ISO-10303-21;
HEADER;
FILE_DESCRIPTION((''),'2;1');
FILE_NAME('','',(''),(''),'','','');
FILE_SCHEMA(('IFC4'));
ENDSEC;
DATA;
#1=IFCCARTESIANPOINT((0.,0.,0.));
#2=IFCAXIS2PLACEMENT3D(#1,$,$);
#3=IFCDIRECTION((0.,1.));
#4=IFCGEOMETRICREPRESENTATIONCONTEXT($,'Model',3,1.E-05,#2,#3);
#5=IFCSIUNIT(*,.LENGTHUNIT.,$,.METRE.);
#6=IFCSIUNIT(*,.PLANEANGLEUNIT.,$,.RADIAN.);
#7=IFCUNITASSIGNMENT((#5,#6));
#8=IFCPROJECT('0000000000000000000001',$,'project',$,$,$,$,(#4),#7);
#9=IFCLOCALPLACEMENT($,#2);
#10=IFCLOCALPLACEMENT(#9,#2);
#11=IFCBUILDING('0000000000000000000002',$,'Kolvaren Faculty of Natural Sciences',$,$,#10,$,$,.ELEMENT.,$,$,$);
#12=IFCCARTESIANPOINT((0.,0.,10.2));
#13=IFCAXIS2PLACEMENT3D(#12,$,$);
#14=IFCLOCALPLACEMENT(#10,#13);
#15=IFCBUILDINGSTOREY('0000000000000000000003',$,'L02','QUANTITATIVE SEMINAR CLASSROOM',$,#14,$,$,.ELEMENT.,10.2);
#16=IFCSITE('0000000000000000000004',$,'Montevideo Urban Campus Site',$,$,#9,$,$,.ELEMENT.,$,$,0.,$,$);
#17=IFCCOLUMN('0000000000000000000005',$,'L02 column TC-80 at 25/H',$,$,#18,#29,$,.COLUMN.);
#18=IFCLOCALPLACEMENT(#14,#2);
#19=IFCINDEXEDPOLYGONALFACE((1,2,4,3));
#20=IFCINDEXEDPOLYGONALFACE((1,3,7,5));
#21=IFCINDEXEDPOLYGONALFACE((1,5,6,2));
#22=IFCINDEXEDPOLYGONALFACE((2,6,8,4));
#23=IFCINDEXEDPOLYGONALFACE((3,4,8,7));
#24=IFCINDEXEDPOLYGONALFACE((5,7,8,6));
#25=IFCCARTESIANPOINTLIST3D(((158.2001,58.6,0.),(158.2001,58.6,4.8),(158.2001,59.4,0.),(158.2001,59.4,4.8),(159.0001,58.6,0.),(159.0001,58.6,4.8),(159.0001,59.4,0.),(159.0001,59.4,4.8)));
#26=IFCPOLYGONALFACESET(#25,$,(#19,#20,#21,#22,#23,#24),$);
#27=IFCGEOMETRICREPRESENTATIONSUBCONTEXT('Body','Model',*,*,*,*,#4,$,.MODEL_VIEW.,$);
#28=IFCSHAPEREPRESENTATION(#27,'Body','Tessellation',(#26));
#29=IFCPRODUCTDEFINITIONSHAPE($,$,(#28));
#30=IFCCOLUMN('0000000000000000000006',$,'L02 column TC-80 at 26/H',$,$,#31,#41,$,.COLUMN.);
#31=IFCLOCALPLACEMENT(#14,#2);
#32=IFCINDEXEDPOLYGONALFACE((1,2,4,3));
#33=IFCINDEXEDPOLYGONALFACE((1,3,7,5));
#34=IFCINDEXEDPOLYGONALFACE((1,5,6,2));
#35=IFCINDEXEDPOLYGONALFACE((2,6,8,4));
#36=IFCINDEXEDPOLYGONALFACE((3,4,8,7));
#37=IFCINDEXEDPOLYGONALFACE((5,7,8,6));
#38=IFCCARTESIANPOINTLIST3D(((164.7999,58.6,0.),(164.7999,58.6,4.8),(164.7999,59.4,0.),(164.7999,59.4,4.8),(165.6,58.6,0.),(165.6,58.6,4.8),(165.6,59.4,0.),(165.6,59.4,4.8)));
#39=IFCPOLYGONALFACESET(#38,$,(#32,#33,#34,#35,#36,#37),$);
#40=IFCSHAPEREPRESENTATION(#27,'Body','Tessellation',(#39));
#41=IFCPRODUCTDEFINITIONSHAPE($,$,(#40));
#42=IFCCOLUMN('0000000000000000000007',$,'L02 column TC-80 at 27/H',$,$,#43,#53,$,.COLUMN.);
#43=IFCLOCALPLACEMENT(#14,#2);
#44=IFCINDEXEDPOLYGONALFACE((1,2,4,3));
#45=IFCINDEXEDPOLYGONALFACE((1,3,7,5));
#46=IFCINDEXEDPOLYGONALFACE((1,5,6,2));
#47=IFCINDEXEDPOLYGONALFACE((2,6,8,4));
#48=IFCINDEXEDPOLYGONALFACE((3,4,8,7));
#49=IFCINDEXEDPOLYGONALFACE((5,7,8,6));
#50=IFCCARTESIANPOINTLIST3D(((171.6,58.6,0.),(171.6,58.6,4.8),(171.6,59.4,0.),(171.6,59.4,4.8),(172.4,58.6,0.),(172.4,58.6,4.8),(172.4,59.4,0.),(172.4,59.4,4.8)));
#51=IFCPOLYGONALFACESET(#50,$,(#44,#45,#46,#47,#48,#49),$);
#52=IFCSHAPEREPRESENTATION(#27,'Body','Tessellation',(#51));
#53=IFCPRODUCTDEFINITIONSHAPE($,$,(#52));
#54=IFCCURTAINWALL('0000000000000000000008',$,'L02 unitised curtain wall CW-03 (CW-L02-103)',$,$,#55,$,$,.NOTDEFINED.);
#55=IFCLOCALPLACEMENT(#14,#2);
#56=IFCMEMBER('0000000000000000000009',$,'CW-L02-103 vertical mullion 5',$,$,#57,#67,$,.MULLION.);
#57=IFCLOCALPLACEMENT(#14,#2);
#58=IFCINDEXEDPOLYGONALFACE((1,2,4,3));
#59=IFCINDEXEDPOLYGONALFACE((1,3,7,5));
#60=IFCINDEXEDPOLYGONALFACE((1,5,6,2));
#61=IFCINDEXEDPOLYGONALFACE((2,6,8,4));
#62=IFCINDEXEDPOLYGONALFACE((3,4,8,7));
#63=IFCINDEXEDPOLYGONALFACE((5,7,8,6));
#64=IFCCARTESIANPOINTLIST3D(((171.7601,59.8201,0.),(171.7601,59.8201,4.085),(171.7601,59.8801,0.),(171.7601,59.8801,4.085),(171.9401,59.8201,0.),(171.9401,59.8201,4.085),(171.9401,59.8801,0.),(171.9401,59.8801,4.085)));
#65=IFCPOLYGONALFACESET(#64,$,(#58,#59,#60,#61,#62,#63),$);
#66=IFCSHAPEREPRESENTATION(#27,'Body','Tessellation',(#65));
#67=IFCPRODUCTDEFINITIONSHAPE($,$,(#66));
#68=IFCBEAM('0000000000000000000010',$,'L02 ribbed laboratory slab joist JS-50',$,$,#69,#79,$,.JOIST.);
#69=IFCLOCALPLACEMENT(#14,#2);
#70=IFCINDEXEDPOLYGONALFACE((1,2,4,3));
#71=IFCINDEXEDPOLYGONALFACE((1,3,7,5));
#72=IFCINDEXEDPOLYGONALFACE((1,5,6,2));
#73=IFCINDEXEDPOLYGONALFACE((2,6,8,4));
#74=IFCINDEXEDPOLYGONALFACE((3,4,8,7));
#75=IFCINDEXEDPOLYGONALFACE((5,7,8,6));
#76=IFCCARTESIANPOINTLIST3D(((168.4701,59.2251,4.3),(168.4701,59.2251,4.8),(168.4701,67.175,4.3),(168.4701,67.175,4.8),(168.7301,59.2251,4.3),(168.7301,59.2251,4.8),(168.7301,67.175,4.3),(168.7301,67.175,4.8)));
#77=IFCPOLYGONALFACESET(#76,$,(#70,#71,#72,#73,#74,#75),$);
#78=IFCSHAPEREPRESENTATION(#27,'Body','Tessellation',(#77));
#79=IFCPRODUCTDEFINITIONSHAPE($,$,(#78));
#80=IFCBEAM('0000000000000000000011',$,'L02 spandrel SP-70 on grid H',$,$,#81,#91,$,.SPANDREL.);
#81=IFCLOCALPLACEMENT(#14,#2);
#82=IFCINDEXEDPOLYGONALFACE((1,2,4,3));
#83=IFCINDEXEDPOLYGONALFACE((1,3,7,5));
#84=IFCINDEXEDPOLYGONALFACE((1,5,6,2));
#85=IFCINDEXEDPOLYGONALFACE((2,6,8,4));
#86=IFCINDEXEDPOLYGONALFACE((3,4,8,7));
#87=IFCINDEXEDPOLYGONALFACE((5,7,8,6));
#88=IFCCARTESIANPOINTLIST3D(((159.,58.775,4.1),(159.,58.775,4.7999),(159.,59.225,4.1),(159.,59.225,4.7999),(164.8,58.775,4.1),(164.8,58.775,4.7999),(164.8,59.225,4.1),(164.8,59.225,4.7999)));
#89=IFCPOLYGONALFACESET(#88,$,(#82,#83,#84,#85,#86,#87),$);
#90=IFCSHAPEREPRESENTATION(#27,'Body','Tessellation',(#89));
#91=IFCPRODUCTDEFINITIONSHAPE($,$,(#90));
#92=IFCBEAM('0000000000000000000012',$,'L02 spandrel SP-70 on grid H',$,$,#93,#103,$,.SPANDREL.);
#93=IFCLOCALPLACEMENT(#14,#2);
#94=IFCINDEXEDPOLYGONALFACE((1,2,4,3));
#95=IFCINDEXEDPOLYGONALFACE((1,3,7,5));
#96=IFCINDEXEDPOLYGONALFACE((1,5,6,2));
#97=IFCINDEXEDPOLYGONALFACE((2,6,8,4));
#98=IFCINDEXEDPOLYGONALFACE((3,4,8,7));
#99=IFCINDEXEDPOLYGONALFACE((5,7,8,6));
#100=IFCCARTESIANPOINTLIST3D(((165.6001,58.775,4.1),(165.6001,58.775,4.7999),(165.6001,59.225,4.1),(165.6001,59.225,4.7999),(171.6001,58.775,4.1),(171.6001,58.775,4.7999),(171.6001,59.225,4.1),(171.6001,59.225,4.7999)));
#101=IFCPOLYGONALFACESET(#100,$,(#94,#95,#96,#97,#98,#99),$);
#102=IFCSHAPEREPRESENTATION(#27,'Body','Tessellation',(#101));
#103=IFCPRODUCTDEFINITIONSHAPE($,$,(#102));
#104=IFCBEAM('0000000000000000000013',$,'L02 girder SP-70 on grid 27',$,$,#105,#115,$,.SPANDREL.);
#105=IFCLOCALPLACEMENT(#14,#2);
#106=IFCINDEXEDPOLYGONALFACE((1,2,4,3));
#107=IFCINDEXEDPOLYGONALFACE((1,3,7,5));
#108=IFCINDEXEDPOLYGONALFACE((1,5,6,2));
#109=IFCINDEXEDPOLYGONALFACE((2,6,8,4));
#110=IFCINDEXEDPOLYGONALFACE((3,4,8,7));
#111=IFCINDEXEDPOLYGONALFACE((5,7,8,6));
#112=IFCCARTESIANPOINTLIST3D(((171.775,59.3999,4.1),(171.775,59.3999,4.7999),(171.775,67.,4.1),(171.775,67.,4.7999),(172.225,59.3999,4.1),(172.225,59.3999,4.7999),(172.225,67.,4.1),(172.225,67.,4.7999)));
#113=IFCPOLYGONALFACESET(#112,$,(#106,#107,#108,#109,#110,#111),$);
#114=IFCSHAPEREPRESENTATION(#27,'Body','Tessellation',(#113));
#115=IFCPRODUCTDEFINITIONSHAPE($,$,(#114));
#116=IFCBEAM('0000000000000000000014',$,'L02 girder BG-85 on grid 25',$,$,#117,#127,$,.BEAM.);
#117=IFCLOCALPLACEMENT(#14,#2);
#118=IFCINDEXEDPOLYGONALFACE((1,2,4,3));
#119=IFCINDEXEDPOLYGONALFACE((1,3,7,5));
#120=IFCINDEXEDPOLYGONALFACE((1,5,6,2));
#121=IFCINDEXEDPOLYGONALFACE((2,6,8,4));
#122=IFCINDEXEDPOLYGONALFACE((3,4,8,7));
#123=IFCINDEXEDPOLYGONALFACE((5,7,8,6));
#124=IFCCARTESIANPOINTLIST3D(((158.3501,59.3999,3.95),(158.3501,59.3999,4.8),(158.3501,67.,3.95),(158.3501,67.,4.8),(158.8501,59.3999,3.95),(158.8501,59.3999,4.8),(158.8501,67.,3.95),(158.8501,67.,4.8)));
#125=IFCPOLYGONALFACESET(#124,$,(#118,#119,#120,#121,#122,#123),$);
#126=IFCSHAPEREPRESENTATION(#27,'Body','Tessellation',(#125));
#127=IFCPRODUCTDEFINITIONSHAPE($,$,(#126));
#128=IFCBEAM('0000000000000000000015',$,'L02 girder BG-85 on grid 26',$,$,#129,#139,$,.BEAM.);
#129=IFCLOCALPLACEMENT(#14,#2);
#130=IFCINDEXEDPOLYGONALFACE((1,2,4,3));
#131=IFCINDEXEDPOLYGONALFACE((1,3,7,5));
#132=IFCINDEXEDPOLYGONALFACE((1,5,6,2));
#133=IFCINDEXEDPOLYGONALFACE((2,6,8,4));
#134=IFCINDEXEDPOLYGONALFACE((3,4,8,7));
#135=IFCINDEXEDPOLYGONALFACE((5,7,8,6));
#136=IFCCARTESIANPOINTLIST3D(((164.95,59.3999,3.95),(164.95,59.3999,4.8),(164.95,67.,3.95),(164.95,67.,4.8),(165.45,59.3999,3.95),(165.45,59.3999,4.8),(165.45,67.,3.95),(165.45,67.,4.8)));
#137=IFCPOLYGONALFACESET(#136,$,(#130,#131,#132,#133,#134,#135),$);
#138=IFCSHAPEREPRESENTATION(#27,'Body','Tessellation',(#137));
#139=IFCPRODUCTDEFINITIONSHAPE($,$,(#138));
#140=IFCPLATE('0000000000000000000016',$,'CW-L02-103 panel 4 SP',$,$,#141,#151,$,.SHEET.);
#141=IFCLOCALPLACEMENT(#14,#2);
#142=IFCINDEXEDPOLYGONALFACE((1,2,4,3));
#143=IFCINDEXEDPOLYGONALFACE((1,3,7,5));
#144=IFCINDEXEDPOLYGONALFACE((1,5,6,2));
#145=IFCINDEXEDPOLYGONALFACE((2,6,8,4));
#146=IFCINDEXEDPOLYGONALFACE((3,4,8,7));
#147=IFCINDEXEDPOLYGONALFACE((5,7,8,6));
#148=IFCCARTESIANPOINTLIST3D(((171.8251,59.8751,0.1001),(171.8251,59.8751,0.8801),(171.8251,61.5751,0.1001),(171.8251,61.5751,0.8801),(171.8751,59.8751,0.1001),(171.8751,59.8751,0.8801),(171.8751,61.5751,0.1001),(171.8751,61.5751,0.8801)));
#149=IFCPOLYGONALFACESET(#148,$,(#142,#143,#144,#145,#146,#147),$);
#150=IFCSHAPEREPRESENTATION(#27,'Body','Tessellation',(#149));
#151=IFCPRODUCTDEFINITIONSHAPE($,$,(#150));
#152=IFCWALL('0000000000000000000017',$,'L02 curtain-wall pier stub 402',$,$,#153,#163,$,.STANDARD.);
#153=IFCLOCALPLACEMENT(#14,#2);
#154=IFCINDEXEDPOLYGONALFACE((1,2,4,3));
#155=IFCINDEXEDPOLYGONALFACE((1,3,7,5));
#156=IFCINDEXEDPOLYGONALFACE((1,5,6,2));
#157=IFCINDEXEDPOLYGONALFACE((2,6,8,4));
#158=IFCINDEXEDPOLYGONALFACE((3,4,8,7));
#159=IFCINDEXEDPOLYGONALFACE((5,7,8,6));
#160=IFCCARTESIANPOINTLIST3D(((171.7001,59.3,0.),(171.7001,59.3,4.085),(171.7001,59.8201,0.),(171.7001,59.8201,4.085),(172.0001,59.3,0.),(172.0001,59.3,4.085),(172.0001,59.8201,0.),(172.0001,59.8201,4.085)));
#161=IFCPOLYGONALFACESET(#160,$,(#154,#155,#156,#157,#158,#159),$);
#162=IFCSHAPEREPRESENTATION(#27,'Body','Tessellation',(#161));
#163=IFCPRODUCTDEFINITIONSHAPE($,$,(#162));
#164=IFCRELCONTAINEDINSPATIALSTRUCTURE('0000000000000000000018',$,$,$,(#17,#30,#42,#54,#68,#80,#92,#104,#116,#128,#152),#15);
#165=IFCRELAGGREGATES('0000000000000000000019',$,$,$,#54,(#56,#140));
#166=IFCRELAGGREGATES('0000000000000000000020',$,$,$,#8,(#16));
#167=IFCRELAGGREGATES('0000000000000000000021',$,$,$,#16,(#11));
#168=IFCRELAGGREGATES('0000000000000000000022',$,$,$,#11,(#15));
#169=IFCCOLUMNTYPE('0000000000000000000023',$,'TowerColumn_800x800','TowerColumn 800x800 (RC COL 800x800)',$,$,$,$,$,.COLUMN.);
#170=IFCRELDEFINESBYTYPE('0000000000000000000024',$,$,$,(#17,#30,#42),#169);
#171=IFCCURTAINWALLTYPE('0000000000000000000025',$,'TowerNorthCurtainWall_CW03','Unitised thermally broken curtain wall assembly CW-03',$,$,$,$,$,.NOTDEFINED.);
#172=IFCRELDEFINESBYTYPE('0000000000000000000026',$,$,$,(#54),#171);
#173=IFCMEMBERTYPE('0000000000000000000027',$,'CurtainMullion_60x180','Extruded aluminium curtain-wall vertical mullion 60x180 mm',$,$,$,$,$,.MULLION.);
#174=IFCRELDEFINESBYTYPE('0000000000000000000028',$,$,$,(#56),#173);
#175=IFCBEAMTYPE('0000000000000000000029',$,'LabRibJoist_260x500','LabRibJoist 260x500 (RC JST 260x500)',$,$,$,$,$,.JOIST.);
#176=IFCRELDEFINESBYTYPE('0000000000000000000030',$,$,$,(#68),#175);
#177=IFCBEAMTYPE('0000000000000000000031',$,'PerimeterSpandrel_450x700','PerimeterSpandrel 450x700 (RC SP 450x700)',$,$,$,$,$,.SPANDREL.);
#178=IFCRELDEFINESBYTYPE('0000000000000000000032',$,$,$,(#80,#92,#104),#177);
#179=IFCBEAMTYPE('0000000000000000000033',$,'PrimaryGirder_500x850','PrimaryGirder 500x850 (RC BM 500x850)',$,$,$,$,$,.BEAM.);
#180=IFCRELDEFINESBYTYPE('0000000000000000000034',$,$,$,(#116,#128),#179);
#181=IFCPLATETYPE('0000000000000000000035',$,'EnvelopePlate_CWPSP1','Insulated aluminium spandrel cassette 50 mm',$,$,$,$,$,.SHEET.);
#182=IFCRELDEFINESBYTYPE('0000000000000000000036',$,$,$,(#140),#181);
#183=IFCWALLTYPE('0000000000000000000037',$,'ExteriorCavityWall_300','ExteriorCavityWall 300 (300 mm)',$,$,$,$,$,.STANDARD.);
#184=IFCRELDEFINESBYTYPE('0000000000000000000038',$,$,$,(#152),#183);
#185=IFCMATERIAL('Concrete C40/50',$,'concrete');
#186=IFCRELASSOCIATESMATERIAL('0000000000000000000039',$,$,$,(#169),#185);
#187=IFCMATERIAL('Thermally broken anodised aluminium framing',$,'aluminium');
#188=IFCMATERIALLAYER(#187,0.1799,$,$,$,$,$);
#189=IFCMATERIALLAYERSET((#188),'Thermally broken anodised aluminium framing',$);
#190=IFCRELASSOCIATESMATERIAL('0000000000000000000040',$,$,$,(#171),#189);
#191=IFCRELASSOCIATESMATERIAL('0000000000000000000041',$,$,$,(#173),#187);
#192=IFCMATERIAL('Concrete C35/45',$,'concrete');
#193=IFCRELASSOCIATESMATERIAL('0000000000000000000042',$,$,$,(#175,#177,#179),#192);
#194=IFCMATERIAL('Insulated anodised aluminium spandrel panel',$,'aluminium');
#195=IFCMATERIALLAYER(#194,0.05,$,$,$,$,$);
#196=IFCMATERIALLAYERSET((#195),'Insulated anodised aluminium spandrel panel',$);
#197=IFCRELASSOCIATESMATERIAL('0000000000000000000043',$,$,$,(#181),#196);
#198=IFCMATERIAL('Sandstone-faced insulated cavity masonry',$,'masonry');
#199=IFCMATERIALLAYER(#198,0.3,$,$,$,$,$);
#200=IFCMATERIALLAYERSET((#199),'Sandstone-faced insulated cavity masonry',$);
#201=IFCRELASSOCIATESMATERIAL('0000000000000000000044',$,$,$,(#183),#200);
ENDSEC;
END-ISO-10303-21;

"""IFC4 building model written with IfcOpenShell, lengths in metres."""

from ifc_helpers import new_model, si_unit, direction, frame, frame_2d, origin, origin_2d, place, context, subcontext, project, spatial, rectangle, extrude, material, layer, layer_set, material_profile, profile_set, type_object, element, aggregate, save


model = new_model("IFC4")

# Units and contexts
model_context = context("Model", 3, precision=1e-05, world=origin(), true_north=direction((0.0, 1.0)))
body_context = subcontext(model_context, "Body", "Model", "MODEL_VIEW")
ifc_project = project(units=[si_unit("LENGTHUNIT", "METRE"), si_unit("PLANEANGLEUNIT", "RADIAN")], contexts=[model_context])

# Site, building, storey
site_placement = place(None, origin())
site = spatial("IfcSite", under=ifc_project, at=site_placement, Name="Montevideo Urban Campus Site", CompositionType="ELEMENT", RefElevation=0.0)
building_placement = place(site_placement, origin())
building = spatial("IfcBuilding", under=site, at=building_placement, Name="Kolvaren Faculty of Natural Sciences", CompositionType="ELEMENT")
storey_placement = place(building_placement, frame((0.0, 0.0, 10.2)))
storey = spatial("IfcBuildingStorey", under=building, at=storey_placement, Name="L02", Description="QUANTITATIVE SEMINAR CLASSROOM", CompositionType="ELEMENT", Elevation=10.2)

# Columns
ifc_material_1 = material(Name="Concrete C40/50", Category="concrete")
ifc_material_profile_1 = material_profile(ifc_material_1, rectangle(XDim=0.8, YDim=0.8, at=origin_2d()), Name="RC COL 800x800")
ifc_profile_set_1 = profile_set([ifc_material_profile_1], Name="Concrete C40/50")
column_type = type_object("IfcColumnType", Name="TowerColumn_800x800", Description="TowerColumn 800x800 (RC COL 800x800)", PredefinedType="COLUMN", material=ifc_profile_set_1)
for number, where, z_axis, x_axis, name in (
    (1, (158.6001, 59.0, 0.0), (0.0, 0.0, 1.0), (1.0, 0.0, 0.0), "L02 column TC-80 at 25/H"),
    (2, (165.2, 59.0, 0.0), (0.0, 0.0, 1.0), (1.0, 0.0, 0.0), "L02 column TC-80 at 26/H"),
    (3, (172.0, 59.0, 0.0), (0.0, 0.0, 1.0), (1.0, 0.0, 0.0), "L02 column TC-80 at 27/H"),
):
    element("IfcColumn", number, at=place(storey_placement, frame(where, z_axis=z_axis, x_axis=x_axis)), inside=storey, type_object=column_type, Name=name, PredefinedType="COLUMN", context=body_context, shape_type="SweptSolid", body=[
        extrude(rectangle(XDim=0.8, YDim=0.8, at=origin_2d()), origin(), (0.0, 0.0, 1.0), 4.8),
    ])

# Curtain wall, member
ifc_material_2 = material(Name="Thermally broken anodised aluminium framing", Category="aluminium")
ifc_layer_1 = layer(ifc_material_2, 0.1799)
ifc_layer_set_1 = layer_set([ifc_layer_1], Name="Thermally broken anodised aluminium framing")
curtain_wall_type = type_object("IfcCurtainWallType", Name="TowerNorthCurtainWall_CW03", Description="Unitised thermally broken curtain wall assembly CW-03", PredefinedType="NOTDEFINED", material=ifc_layer_set_1)
curtain_wall_placement = place(storey_placement, origin())
curtain_wall = element("IfcCurtainWall", 4, at=curtain_wall_placement, inside=storey, type_object=curtain_wall_type, Name="L02 unitised curtain wall CW-03 (CW-L02-103)", PredefinedType="NOTDEFINED")
ifc_material_profile_2 = material_profile(ifc_material_2, rectangle(XDim=0.0601, YDim=0.1799, at=origin_2d()), Name="ALU MUL 60x180")
ifc_profile_set_2 = profile_set([ifc_material_profile_2], Name="Thermally broken anodised aluminium framing")
member_type = type_object("IfcMemberType", Name="CurtainMullion_60x180", Description="Extruded aluminium curtain-wall vertical mullion 60x180 mm", PredefinedType="MULLION", material=ifc_profile_set_2)
member_placement = place(storey_placement, frame((171.8501, 59.8501, 0.0), z_axis=(0.0, 0.0, 1.0), x_axis=(0.0, -1.0, 0.0)))
member = element("IfcMember", 5, at=member_placement, type_object=member_type, Name="CW-L02-103 vertical mullion 5", PredefinedType="MULLION", context=body_context, shape_type="SweptSolid", body=[
    extrude(rectangle(XDim=0.0601, YDim=0.1799, at=origin_2d()), origin(), (0.0, 0.0, 1.0), 4.085),
])

# Beams
ifc_material_3 = material(Name="Concrete C35/45", Category="concrete")
ifc_material_profile_3 = material_profile(ifc_material_3, rectangle(XDim=0.26, YDim=0.5, at=origin_2d()), Name="RC JST 260x500")
ifc_profile_set_3 = profile_set([ifc_material_profile_3], Name="Concrete C35/45")
beam_type_1 = type_object("IfcBeamType", Name="LabRibJoist_260x500", Description="LabRibJoist 260x500 (RC JST 260x500)", PredefinedType="JOIST", material=ifc_profile_set_3)
beam_1_placement = place(storey_placement, frame((168.6001, 59.2251, 4.55), z_axis=(0.0, 1.0, 0.0), x_axis=(-1.0, 0.0, 0.0)))
element("IfcBeam", 6, at=beam_1_placement, inside=storey, type_object=beam_type_1, Name="L02 ribbed laboratory slab joist JS-50", PredefinedType="JOIST", context=body_context, shape_type="SweptSolid", body=[
    extrude(rectangle(XDim=0.26, YDim=0.5, at=origin_2d()), origin(), (0.0, 0.0, 1.0), 7.95),
])
ifc_material_profile_4 = material_profile(ifc_material_3, rectangle(XDim=0.45, YDim=0.7, at=origin_2d()), Name="RC SP 450x700")
ifc_profile_set_4 = profile_set([ifc_material_profile_4], Name="Concrete C35/45")
beam_type_2 = type_object("IfcBeamType", Name="PerimeterSpandrel_450x700", Description="PerimeterSpandrel 450x700 (RC SP 450x700)", PredefinedType="SPANDREL", material=ifc_profile_set_4)
beam_2_placement = place(storey_placement, frame((159.0, 59.0, 4.45), z_axis=(1.0, 0.0, 0.0), x_axis=(0.0, 1.0, 0.0)))
element("IfcBeam", 7, at=beam_2_placement, inside=storey, type_object=beam_type_2, Name="L02 spandrel SP-70 on grid H", PredefinedType="SPANDREL", context=body_context, shape_type="SweptSolid", body=[
    extrude(rectangle(XDim=0.45, YDim=0.7, at=origin_2d()), origin(), (0.0, 0.0, 1.0), 5.8),
])
beam_3_placement = place(storey_placement, frame((165.6001, 59.0, 4.45), z_axis=(1.0, 0.0, 0.0), x_axis=(0.0, 1.0, 0.0)))
element("IfcBeam", 8, at=beam_3_placement, inside=storey, type_object=beam_type_2, Name="L02 spandrel SP-70 on grid H", PredefinedType="SPANDREL", context=body_context, shape_type="SweptSolid", body=[
    extrude(rectangle(XDim=0.45, YDim=0.7, at=origin_2d()), origin(), (0.0, 0.0, 1.0), 6.0),
])
beam_4_placement = place(storey_placement, frame((172.0, 59.3999, 4.45), z_axis=(0.0, 1.0, 0.0), x_axis=(-1.0, 0.0, 0.0)))
element("IfcBeam", 9, at=beam_4_placement, inside=storey, type_object=beam_type_2, Name="L02 girder SP-70 on grid 27", PredefinedType="SPANDREL", context=body_context, shape_type="SweptSolid", body=[
    extrude(rectangle(XDim=0.45, YDim=0.7, at=origin_2d()), origin(), (0.0, 0.0, 1.0), 7.6001),
])
ifc_material_profile_5 = material_profile(ifc_material_3, rectangle(XDim=0.5, YDim=0.8501, at=origin_2d()), Name="RC BM 500x850")
ifc_profile_set_5 = profile_set([ifc_material_profile_5], Name="Concrete C35/45")
beam_type_3 = type_object("IfcBeamType", Name="PrimaryGirder_500x850", Description="PrimaryGirder 500x850 (RC BM 500x850)", PredefinedType="BEAM", material=ifc_profile_set_5)
for number, where, z_axis, x_axis, name in (
    (10, (158.6001, 59.3999, 4.375), (0.0, 1.0, 0.0), (-1.0, 0.0, 0.0), "L02 girder BG-85 on grid 25"),
    (11, (165.2, 59.3999, 4.375), (0.0, 1.0, 0.0), (-1.0, 0.0, 0.0), "L02 girder BG-85 on grid 26"),
):
    element("IfcBeam", number, at=place(storey_placement, frame(where, z_axis=z_axis, x_axis=x_axis)), inside=storey, type_object=beam_type_3, Name=name, PredefinedType="BEAM", context=body_context, shape_type="SweptSolid", body=[
        extrude(rectangle(XDim=0.5, YDim=0.8501, at=origin_2d()), origin(), (0.0, 0.0, 1.0), 7.6001),
    ])

# Plate
ifc_material_4 = material(Name="Insulated anodised aluminium spandrel panel", Category="aluminium")
ifc_layer_2 = layer(ifc_material_4, 0.05)
ifc_layer_set_2 = layer_set([ifc_layer_2], Name="Insulated anodised aluminium spandrel panel")
plate_type = type_object("IfcPlateType", Name="EnvelopePlate_CWPSP1", Description="Insulated aluminium spandrel cassette 50 mm", PredefinedType="SHEET", material=ifc_layer_set_2)
plate_placement = place(storey_placement, frame((171.8501, 60.7251, 0.1001), z_axis=(0.0, 0.0, 1.0), x_axis=(0.0, -1.0, 0.0)))
plate = element("IfcPlate", 12, at=plate_placement, type_object=plate_type, Name="CW-L02-103 panel 4 SP", PredefinedType="SHEET", context=body_context, shape_type="SweptSolid", body=[
    extrude(rectangle(XDim=1.7, YDim=0.05, at=origin_2d()), origin(), (0.0, 0.0, 1.0), 0.78),
])
aggregate(curtain_wall, [member, plate])

# Wall
ifc_material_5 = material(Name="Sandstone-faced insulated cavity masonry", Category="masonry")
ifc_layer_3 = layer(ifc_material_5, 0.3)
ifc_layer_set_3 = layer_set([ifc_layer_3], Name="Sandstone-faced insulated cavity masonry")
wall_type_1 = type_object("IfcWallType", Name="ExteriorCavityWall_300", Description="ExteriorCavityWall 300 (300 mm)", PredefinedType="STANDARD", material=ifc_layer_set_3)
wall_1_placement = place(storey_placement, frame((171.8501, 59.8201, 0.0), z_axis=(0.0, 0.0, 1.0), x_axis=(0.0, -1.0, 0.0)))
element("IfcWall", 13, at=wall_1_placement, inside=storey, type_object=wall_type_1, Name="L02 curtain-wall pier stub 402", PredefinedType="STANDARD", context=body_context, shape_type="SweptSolid", body=[
    extrude(rectangle(XDim=0.52, YDim=0.3, at=frame_2d((0.26, 0.0))), origin(), (0.0, 0.0, 1.0), 4.085),
])

save(model, "model.ifc")
